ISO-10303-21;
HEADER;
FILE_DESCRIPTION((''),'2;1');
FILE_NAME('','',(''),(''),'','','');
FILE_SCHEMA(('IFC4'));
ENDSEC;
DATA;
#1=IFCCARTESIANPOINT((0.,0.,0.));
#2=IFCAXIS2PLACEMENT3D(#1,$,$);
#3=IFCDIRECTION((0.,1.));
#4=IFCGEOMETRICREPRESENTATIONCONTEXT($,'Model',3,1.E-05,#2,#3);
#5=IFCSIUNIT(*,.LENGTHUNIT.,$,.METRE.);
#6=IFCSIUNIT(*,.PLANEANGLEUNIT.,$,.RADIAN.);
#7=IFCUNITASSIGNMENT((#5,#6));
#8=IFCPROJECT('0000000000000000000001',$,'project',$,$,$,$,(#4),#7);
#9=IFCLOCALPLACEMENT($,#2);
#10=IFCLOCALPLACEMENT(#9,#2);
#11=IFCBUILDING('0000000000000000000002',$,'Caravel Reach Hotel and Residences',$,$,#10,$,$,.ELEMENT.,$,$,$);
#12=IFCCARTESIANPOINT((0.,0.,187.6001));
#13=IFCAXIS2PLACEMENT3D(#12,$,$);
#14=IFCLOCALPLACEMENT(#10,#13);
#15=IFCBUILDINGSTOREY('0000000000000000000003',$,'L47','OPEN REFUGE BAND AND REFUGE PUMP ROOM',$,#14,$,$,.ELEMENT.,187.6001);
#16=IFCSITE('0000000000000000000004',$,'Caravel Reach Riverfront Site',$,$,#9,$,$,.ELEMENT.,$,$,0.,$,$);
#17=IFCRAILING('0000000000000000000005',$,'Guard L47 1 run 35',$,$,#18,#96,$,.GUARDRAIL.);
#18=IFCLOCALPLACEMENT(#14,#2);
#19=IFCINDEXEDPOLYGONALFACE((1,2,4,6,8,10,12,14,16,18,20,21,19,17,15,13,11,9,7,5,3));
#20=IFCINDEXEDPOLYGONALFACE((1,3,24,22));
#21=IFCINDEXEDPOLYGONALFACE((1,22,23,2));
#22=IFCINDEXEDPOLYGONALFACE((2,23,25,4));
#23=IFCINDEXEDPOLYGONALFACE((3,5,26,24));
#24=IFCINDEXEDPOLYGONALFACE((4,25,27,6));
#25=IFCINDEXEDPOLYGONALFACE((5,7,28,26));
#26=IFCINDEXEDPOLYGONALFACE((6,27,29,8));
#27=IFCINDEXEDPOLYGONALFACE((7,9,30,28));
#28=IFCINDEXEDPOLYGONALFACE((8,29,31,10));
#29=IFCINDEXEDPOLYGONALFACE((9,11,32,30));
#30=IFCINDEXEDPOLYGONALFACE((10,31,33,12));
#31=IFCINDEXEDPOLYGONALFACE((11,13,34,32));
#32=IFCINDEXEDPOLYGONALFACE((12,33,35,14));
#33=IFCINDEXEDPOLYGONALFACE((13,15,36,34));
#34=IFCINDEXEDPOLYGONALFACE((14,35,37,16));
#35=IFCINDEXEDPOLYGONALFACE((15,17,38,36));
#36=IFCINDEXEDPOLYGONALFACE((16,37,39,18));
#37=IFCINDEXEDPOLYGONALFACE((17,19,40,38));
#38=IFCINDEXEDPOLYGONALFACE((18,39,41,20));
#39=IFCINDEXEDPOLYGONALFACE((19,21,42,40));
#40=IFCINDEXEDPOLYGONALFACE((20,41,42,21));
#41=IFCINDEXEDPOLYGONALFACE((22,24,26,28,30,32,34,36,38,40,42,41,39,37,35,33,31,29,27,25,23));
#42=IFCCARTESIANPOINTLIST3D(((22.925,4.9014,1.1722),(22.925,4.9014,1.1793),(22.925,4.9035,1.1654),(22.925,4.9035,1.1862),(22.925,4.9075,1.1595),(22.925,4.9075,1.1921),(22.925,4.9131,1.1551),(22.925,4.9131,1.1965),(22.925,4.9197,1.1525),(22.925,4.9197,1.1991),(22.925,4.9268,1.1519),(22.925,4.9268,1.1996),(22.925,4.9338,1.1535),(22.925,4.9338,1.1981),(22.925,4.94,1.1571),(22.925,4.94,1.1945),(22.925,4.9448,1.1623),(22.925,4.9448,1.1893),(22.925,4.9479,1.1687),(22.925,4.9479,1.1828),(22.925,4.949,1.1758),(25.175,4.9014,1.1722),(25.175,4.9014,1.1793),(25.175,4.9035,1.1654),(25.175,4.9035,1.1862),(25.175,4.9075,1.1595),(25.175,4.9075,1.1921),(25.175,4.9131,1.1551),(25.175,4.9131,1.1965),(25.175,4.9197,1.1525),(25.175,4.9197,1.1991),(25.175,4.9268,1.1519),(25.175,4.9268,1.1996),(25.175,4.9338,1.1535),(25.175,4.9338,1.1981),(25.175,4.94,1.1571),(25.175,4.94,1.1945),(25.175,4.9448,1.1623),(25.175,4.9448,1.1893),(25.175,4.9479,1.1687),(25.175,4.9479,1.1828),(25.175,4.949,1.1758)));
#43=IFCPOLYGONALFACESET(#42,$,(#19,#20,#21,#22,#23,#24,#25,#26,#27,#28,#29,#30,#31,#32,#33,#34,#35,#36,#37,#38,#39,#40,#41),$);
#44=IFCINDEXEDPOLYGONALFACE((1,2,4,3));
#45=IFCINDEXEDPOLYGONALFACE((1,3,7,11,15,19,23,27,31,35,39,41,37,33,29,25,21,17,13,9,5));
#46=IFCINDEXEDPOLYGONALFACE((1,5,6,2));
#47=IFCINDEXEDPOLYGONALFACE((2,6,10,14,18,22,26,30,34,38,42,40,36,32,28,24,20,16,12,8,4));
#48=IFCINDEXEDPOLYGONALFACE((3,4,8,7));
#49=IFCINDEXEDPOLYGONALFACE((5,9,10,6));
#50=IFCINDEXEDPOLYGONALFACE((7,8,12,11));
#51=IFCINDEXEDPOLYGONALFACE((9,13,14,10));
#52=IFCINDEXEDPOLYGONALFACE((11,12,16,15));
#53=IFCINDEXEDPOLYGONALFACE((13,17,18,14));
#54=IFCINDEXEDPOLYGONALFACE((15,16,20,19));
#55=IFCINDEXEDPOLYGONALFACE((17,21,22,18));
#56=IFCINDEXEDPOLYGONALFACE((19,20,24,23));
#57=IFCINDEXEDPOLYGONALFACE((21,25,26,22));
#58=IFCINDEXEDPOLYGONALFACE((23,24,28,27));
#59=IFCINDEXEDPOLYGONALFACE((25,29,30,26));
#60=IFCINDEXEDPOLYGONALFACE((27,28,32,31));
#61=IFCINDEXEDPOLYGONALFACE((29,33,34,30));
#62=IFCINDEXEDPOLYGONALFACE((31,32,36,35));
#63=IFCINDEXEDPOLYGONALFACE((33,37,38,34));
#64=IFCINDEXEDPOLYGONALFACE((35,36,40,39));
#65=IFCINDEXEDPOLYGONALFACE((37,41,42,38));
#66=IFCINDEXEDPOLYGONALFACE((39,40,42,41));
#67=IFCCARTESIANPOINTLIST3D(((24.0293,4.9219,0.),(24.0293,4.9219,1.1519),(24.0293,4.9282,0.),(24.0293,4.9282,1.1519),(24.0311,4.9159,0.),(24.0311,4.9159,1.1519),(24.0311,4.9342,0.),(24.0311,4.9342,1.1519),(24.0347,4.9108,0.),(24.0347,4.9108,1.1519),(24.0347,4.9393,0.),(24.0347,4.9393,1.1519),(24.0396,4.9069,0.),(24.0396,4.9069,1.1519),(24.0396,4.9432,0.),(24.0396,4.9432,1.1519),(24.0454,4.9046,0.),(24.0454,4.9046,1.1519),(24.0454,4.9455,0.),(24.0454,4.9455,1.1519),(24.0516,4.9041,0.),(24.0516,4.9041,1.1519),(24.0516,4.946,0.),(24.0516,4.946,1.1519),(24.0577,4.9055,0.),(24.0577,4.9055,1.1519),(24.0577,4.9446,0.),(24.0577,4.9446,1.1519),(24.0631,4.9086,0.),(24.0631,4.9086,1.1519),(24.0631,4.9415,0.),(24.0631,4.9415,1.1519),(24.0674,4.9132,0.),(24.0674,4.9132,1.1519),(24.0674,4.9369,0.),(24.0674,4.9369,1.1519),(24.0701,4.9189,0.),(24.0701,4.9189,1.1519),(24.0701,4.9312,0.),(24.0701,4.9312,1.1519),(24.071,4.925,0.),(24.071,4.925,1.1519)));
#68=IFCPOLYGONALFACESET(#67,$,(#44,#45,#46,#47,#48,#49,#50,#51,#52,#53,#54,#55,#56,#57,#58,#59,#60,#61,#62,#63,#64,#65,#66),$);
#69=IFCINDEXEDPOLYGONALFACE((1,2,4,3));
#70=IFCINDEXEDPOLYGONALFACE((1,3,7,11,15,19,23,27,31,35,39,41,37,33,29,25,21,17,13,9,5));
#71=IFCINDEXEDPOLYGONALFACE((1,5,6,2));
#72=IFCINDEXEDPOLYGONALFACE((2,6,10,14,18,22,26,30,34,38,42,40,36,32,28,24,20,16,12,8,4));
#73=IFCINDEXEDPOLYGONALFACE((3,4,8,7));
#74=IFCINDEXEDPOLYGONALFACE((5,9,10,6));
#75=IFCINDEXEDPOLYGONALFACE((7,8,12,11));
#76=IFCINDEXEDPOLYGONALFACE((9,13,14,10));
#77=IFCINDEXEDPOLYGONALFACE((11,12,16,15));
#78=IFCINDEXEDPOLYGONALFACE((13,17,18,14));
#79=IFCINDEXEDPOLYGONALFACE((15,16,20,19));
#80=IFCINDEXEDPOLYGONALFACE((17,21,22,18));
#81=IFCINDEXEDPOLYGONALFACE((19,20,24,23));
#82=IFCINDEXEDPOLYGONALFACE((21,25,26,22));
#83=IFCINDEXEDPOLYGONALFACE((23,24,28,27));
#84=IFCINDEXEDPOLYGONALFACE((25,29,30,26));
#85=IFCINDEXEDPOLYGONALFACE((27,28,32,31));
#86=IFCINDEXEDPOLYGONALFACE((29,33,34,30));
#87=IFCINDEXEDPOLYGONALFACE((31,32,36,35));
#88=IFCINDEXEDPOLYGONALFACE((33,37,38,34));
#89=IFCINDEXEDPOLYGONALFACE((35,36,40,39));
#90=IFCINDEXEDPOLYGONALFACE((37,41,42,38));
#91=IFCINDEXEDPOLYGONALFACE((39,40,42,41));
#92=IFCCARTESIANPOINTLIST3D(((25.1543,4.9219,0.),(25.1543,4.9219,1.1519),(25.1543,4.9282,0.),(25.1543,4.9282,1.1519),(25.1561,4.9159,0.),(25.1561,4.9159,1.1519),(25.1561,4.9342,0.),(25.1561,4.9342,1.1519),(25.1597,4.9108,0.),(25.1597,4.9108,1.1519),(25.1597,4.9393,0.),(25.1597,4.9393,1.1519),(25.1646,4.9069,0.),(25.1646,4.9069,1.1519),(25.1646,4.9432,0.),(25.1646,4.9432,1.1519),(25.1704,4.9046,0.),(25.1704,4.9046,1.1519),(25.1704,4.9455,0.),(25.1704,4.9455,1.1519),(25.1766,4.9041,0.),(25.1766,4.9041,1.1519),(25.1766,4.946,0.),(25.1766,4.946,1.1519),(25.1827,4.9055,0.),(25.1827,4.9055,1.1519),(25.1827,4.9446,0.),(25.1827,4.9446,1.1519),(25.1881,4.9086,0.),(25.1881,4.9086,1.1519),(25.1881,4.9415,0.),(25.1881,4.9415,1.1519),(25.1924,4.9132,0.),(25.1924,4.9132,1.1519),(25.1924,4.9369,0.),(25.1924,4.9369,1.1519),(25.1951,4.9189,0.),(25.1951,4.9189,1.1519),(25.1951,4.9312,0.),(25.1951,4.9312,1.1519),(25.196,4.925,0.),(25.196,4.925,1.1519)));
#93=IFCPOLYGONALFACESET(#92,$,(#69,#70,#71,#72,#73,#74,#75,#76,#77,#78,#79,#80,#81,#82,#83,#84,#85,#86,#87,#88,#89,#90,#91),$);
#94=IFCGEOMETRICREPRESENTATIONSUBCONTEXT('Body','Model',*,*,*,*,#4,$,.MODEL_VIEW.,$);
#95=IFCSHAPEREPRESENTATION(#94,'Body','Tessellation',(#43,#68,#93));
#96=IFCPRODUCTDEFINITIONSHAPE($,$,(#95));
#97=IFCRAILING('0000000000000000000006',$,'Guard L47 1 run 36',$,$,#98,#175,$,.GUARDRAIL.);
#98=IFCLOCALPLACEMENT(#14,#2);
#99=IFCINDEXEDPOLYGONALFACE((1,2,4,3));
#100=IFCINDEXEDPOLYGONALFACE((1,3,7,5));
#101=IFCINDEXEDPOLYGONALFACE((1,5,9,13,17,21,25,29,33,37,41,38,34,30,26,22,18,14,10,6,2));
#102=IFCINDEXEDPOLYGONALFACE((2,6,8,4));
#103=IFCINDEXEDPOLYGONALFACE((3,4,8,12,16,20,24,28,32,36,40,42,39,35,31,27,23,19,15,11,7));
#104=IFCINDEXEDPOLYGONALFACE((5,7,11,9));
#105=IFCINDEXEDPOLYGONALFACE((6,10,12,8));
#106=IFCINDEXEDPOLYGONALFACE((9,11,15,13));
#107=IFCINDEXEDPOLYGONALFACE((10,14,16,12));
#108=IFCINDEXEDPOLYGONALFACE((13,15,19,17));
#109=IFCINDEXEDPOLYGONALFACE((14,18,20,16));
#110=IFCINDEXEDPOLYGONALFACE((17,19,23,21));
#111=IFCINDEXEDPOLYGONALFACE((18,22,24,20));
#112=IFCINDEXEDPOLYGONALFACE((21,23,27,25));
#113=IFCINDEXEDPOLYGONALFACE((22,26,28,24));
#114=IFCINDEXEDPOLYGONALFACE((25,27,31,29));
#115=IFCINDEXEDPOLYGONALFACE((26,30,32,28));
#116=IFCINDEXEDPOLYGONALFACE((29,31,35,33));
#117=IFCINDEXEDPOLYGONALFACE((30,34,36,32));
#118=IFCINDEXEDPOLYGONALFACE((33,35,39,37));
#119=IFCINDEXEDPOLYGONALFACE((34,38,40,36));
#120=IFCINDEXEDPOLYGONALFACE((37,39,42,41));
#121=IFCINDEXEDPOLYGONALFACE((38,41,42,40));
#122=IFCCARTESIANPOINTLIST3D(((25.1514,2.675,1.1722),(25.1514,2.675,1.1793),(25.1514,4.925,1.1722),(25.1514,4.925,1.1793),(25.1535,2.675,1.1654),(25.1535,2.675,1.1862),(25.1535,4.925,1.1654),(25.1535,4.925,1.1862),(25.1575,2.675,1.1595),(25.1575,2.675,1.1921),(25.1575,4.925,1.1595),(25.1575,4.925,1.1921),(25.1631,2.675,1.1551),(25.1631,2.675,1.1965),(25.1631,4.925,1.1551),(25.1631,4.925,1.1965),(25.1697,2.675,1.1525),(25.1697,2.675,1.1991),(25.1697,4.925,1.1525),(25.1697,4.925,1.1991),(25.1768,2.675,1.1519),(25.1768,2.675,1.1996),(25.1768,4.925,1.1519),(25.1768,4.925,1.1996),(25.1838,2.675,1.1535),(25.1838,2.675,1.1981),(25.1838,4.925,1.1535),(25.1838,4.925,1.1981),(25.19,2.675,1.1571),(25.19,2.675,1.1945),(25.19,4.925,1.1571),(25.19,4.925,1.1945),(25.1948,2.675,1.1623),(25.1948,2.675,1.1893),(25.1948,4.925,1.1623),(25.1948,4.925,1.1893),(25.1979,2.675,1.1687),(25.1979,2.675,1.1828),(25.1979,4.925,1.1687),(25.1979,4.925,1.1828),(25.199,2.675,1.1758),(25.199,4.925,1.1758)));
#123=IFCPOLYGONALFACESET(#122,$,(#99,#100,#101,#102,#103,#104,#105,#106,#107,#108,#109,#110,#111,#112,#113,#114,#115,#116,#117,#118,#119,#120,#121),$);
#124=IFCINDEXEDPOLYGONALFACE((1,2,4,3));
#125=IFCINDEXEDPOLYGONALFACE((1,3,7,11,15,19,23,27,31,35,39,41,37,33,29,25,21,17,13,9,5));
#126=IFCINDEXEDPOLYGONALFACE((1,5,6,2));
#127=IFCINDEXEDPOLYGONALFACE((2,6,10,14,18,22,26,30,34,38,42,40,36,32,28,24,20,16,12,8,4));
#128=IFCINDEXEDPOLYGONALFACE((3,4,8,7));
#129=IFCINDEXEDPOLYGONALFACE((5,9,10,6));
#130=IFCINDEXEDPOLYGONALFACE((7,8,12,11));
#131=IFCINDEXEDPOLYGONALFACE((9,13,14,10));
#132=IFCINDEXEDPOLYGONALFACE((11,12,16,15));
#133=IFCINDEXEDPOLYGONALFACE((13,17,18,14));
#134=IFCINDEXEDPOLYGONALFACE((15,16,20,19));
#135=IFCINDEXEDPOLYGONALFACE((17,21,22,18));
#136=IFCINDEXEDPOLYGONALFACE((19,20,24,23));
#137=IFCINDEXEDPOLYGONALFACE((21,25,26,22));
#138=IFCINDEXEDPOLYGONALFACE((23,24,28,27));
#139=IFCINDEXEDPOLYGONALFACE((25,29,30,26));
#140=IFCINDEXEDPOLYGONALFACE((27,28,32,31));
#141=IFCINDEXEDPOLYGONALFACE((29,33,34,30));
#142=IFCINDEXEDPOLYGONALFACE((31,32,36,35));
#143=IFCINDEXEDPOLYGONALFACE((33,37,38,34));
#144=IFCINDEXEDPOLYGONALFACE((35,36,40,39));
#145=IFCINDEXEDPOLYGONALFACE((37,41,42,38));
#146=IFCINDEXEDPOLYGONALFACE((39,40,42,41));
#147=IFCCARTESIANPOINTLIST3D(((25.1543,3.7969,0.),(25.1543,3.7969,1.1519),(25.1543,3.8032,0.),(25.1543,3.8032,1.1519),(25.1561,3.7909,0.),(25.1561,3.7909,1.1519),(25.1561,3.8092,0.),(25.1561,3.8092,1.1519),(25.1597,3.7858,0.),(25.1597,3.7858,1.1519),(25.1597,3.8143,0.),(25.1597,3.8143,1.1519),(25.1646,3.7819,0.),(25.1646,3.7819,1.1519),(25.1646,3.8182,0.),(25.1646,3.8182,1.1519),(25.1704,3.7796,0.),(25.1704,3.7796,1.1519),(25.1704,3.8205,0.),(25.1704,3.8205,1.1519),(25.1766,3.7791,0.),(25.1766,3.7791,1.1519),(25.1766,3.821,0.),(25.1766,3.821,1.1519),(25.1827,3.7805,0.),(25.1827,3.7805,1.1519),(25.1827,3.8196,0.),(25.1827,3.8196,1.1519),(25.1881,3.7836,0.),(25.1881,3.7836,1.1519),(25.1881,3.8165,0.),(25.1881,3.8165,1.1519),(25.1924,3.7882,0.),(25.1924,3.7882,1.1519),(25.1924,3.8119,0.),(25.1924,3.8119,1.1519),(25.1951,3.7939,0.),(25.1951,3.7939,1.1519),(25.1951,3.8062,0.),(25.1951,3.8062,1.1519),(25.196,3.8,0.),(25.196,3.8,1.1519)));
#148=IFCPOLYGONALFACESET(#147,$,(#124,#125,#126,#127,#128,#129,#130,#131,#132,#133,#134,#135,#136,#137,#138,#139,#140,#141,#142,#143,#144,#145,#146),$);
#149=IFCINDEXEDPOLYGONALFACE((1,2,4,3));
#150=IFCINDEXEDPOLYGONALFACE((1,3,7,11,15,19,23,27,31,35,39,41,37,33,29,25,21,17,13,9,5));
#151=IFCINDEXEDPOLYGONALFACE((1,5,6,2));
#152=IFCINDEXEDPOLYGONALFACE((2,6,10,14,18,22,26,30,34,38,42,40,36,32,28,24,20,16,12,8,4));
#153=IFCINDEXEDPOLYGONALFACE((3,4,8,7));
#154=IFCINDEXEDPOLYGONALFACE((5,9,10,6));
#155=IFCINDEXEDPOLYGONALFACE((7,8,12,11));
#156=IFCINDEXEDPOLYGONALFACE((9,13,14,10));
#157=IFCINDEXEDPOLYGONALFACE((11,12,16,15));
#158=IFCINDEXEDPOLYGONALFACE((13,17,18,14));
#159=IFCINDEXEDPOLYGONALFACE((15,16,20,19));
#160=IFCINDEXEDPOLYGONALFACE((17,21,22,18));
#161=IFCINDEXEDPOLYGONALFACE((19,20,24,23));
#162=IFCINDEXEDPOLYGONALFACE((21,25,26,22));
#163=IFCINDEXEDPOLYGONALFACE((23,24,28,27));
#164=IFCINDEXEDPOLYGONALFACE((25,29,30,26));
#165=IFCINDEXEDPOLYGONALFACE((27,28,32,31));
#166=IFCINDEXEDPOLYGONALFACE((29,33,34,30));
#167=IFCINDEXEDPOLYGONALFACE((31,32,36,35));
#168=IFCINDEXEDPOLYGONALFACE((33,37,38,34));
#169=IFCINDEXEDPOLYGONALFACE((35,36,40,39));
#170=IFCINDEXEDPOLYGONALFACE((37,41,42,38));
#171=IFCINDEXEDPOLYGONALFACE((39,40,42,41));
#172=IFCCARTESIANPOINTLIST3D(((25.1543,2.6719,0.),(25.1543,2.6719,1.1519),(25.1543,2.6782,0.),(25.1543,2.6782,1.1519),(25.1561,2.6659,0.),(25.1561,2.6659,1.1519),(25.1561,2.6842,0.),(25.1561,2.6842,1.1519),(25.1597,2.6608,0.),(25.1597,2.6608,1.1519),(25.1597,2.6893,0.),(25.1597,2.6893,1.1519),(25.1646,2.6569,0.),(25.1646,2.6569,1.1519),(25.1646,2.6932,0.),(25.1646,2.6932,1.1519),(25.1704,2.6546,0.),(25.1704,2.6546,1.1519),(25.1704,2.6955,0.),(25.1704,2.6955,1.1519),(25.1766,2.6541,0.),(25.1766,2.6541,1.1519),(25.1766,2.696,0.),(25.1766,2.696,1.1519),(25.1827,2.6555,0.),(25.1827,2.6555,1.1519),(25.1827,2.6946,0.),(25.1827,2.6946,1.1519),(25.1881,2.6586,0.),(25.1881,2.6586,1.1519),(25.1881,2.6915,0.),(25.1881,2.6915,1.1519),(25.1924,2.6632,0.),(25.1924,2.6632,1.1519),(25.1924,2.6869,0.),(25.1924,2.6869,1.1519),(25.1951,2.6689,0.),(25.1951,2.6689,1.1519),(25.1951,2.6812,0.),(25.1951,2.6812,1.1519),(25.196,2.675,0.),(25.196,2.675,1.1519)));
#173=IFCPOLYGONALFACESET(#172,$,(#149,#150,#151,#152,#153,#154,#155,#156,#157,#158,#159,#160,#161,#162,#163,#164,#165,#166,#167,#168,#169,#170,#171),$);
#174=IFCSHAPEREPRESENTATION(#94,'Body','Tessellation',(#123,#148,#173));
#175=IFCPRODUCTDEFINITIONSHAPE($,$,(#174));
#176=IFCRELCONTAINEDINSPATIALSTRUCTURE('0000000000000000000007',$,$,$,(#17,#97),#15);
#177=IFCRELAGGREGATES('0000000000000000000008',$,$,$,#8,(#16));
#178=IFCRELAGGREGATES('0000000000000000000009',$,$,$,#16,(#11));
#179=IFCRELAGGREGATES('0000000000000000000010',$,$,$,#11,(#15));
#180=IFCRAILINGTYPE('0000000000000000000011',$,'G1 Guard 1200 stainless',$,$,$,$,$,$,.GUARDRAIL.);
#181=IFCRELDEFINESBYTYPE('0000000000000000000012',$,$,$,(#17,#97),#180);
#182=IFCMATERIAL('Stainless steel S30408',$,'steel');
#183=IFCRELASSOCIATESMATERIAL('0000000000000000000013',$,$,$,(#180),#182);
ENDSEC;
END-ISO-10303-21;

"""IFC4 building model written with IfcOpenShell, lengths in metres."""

from ifc_helpers import new_model, si_unit, direction, frame, origin, origin_2d, place, context, subcontext, project, spatial, circle, extrude, material, type_object, element, save


model = new_model("IFC4")

# Units and contexts
model_context = context("Model", 3, precision=1e-05, world=origin(), true_north=direction((0.0, 1.0)))
body_context = subcontext(model_context, "Body", "Model", "MODEL_VIEW")
ifc_project = project(units=[si_unit("LENGTHUNIT", "METRE"), si_unit("PLANEANGLEUNIT", "RADIAN")], contexts=[model_context])

# Site, building, storey
site_placement = place(None, origin())
site = spatial("IfcSite", under=ifc_project, at=site_placement, Name="Caravel Reach Riverfront Site", CompositionType="ELEMENT", RefElevation=0.0)
building_placement = place(site_placement, origin())
building = spatial("IfcBuilding", under=site, at=building_placement, Name="Caravel Reach Hotel and Residences", CompositionType="ELEMENT")
storey_placement = place(building_placement, frame((0.0, 0.0, 187.6001)))
storey = spatial("IfcBuildingStorey", under=building, at=storey_placement, Name="L47", Description="OPEN REFUGE BAND AND REFUGE PUMP ROOM", CompositionType="ELEMENT", Elevation=187.6001)

# Railings
ifc_material_1 = material(Name="Stainless steel S30408", Category="steel")
railing_type = type_object("IfcRailingType", Name="G1 Guard 1200 stainless", PredefinedType="GUARDRAIL", material=ifc_material_1)
railing_1_placement = place(storey_placement, frame((22.925, 4.925, 0.0)))
element("IfcRailing", 1, at=railing_1_placement, inside=storey, type_object=railing_type, Name="Guard L47 1 run 35", PredefinedType="GUARDRAIL", context=body_context, shape_type="SweptSolid", body=[
    extrude(circle(Radius=0.0239, at=origin_2d()), frame((0.0, 0.0, 1.1758), z_axis=(1.0, 0.0, 0.0), x_axis=(0.0, 1.0, 0.0)), (0.0, 0.0, 1.0), 2.25),
    extrude(circle(Radius=0.021, at=origin_2d()), frame((1.125, 0.0, 0.0)), (0.0, 0.0, 1.0), 1.1519),
    extrude(circle(Radius=0.021, at=origin_2d()), frame((2.25, 0.0, 0.0)), (0.0, 0.0, 1.0), 1.1519),
])
railing_2_placement = place(storey_placement, frame((25.175, 4.925, 0.0)))
element("IfcRailing", 2, at=railing_2_placement, inside=storey, type_object=railing_type, Name="Guard L47 1 run 36", PredefinedType="GUARDRAIL", context=body_context, shape_type="SweptSolid", body=[
    extrude(circle(Radius=0.0239, at=origin_2d()), frame((0.0, 0.0, 1.1758), z_axis=(0.0, -1.0, 0.0), x_axis=(1.0, 0.0, 0.0)), (0.0, 0.0, 1.0), 2.25),
    extrude(circle(Radius=0.021, at=origin_2d()), frame((0.0, -1.125, 0.0)), (0.0, 0.0, 1.0), 1.1519),
    extrude(circle(Radius=0.021, at=origin_2d()), frame((0.0, -2.25, 0.0)), (0.0, 0.0, 1.0), 1.1519),
])

save(model, "model.ifc")
